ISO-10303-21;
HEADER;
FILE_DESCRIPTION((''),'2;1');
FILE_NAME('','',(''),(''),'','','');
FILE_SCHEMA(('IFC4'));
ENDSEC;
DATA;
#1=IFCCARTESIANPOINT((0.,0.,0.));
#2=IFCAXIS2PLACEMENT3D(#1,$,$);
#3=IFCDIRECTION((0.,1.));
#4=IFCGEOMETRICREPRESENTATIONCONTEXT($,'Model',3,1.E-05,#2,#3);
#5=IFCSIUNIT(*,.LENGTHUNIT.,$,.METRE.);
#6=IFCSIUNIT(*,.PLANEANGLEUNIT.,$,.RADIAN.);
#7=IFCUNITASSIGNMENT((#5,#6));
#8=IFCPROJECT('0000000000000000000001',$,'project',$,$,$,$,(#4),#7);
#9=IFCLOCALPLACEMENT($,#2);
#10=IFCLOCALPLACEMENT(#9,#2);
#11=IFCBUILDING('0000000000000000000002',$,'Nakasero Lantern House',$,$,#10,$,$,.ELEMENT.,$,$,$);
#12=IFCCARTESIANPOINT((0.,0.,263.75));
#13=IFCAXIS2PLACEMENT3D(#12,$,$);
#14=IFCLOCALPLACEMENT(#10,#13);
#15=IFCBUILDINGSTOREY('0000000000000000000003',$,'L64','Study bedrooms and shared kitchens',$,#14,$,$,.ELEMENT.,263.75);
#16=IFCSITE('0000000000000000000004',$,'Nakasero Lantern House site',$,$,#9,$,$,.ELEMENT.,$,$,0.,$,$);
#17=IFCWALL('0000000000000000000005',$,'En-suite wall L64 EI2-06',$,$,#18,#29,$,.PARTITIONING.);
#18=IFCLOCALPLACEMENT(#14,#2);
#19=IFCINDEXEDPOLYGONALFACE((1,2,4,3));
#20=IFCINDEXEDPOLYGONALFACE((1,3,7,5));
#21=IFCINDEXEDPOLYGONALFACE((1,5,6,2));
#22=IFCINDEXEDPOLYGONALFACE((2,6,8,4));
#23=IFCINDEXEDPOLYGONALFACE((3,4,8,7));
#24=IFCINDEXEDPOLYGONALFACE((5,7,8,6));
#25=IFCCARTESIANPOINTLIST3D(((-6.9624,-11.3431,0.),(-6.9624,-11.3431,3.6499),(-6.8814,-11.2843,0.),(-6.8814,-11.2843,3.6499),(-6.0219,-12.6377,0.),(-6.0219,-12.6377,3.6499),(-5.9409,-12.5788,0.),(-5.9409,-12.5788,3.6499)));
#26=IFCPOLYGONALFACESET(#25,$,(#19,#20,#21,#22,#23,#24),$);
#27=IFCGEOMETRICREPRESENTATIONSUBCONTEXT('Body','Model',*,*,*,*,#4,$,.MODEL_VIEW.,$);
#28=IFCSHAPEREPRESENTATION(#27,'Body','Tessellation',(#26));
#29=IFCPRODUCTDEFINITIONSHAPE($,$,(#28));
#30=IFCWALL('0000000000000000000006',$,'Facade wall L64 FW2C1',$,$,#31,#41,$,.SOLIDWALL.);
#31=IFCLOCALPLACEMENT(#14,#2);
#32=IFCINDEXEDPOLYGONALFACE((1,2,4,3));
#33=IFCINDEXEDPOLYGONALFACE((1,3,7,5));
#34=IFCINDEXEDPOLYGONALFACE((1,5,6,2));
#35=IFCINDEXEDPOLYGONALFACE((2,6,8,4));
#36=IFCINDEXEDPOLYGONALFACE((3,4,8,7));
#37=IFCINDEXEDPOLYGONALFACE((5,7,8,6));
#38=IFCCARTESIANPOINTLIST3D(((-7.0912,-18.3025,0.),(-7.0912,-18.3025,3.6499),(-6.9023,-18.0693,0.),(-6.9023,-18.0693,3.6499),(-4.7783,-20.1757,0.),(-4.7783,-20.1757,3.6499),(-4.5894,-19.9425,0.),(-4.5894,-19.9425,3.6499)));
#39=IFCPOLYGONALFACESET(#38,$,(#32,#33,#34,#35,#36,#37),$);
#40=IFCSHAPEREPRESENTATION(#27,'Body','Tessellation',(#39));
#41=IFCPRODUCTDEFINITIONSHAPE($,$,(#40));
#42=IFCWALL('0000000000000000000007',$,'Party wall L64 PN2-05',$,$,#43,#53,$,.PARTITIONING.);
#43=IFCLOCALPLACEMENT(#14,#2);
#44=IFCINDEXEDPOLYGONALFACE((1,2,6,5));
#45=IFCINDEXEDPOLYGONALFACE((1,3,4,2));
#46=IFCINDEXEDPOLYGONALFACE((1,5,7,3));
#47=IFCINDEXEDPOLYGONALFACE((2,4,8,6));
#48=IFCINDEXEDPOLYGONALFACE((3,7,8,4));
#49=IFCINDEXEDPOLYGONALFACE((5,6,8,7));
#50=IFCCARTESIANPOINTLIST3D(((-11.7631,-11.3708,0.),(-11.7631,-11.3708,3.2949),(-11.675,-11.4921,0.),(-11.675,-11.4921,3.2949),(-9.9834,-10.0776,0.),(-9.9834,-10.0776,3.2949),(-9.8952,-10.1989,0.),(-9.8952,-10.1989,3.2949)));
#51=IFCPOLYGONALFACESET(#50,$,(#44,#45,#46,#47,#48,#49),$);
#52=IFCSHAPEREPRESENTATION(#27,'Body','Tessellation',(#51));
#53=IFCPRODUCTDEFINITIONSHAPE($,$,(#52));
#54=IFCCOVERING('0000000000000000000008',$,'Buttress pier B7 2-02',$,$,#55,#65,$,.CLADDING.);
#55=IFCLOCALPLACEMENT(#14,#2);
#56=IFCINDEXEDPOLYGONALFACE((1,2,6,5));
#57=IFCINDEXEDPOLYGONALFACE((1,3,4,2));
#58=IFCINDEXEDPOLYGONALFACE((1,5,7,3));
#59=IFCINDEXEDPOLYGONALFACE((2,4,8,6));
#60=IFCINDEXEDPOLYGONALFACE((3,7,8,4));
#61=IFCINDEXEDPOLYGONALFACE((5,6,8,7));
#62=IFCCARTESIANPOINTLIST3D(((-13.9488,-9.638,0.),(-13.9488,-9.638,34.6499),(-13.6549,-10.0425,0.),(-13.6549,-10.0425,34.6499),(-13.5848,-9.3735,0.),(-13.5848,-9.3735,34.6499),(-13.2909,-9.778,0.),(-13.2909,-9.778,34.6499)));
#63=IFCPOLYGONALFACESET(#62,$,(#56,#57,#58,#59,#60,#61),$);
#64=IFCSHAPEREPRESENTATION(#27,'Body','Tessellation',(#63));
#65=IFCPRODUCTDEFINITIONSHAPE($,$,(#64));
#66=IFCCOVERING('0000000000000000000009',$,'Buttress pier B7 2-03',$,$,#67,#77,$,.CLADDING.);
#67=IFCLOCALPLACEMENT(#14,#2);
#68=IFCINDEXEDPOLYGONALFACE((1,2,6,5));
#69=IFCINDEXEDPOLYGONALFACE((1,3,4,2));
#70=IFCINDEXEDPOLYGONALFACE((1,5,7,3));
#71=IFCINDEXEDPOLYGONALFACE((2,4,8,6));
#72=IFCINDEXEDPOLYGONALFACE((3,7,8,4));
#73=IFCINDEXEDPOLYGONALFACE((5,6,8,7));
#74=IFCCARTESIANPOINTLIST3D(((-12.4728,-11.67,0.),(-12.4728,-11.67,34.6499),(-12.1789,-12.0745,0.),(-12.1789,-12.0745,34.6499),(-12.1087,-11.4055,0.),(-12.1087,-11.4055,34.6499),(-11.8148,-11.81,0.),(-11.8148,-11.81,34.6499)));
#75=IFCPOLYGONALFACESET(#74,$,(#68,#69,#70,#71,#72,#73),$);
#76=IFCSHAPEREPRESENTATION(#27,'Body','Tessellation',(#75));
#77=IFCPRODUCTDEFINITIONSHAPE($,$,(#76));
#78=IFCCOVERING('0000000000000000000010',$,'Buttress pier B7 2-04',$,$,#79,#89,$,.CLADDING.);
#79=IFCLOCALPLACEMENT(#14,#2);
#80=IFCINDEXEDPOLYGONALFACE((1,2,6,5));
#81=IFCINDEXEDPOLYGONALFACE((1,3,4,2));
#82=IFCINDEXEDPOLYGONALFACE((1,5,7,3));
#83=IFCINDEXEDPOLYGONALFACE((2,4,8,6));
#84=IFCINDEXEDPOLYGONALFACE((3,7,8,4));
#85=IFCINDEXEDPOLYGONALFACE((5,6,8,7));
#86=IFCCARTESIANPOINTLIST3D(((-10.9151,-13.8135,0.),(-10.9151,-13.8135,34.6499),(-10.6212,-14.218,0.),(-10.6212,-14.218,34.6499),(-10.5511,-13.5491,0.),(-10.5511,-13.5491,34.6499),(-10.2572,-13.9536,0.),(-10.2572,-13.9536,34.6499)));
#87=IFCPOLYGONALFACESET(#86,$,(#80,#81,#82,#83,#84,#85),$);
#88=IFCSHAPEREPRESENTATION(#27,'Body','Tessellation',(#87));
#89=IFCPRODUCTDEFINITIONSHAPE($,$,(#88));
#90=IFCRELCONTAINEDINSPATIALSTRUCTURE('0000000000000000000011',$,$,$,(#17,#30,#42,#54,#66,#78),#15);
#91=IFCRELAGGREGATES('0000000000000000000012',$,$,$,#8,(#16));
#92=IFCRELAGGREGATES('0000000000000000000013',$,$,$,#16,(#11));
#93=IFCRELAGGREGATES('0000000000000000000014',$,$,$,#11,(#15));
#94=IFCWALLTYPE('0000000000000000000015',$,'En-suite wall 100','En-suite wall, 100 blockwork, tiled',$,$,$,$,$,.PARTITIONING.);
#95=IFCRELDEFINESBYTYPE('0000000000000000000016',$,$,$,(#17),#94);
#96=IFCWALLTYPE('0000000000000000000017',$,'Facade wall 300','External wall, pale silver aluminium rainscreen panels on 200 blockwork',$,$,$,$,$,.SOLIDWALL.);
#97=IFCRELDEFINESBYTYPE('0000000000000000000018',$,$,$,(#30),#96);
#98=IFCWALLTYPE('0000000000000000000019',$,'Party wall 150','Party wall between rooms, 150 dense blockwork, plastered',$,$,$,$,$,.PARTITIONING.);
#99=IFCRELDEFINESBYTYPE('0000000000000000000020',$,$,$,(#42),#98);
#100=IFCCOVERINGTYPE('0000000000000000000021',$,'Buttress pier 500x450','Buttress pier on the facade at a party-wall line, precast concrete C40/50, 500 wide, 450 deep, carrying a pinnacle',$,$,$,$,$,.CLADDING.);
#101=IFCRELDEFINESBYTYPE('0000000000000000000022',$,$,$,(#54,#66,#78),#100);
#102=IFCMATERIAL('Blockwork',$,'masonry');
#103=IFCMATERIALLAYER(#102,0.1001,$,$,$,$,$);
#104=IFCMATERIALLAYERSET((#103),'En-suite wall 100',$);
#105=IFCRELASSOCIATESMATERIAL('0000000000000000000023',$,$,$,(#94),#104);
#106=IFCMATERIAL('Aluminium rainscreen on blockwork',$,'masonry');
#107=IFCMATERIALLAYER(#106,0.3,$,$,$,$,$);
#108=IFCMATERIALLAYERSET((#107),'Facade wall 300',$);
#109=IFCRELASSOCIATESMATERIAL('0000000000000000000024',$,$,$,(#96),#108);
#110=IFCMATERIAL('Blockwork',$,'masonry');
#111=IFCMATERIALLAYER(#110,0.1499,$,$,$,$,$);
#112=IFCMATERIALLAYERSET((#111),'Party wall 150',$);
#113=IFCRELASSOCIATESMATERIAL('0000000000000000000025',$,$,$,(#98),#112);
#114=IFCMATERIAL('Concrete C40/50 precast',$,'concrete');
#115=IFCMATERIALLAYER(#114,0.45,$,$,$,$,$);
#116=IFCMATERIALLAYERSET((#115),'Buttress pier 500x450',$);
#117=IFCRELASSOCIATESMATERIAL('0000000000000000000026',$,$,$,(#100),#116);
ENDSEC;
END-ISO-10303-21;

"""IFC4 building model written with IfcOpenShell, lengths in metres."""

from ifc_helpers import new_model, si_unit, direction, frame, frame_2d, origin, origin_2d, place, context, subcontext, project, spatial, rectangle, extrude, material, layer, layer_set, type_object, element, save


model = new_model("IFC4")

# Units and contexts
model_context = context("Model", 3, precision=1e-05, world=origin(), true_north=direction((0.0, 1.0)))
body_context = subcontext(model_context, "Body", "Model", "MODEL_VIEW")
ifc_project = project(units=[si_unit("LENGTHUNIT", "METRE"), si_unit("PLANEANGLEUNIT", "RADIAN")], contexts=[model_context])

# Site, building, storey
site_placement = place(None, origin())
site = spatial("IfcSite", under=ifc_project, at=site_placement, Name="Nakasero Lantern House site", CompositionType="ELEMENT", RefElevation=0.0)
building_placement = place(site_placement, origin())
building = spatial("IfcBuilding", under=site, at=building_placement, Name="Nakasero Lantern House", CompositionType="ELEMENT")
storey_placement = place(building_placement, frame((0.0, 0.0, 263.75)))
storey = spatial("IfcBuildingStorey", under=building, at=storey_placement, Name="L64", Description="Study bedrooms and shared kitchens", CompositionType="ELEMENT", Elevation=263.75)

# Shared definitions
ifc_material_1 = material(Name="Blockwork", Category="masonry")
ifc_layer_1 = layer(ifc_material_1, 0.1001)
ifc_layer_set_1 = layer_set([ifc_layer_1], Name="En-suite wall 100")
wall_type_1 = type_object("IfcWallType", Name="En-suite wall 100", Description="En-suite wall, 100 blockwork, tiled", PredefinedType="PARTITIONING", material=ifc_layer_set_1)

# Walls
for number, where, z_axis, x_axis, name in (
    (1, (-6.9219, -11.3137, 0.0), (0.0, 0.0, 1.0), (0.587772, -0.809026, 0.0), "En-suite wall L64 EI2-06"),
):
    element("IfcWall", number, at=place(storey_placement, frame(where, z_axis=z_axis, x_axis=x_axis)), inside=storey, type_object=wall_type_1, Name=name, PredefinedType="PARTITIONING", context=body_context, shape_type="SweptSolid", body=[
        extrude(rectangle(XDim=1.6001, YDim=0.1001, at=frame_2d((0.8, 0.0))), origin(), (0.0, 0.0, 1.0), 3.6499),
    ])
ifc_material_2 = material(Name="Aluminium rainscreen on blockwork", Category="masonry")
ifc_layer_2 = layer(ifc_material_2, 0.3)
ifc_layer_set_2 = layer_set([ifc_layer_2], Name="Facade wall 300")
wall_type_2 = type_object("IfcWallType", Name="Facade wall 300", Description="External wall, pale silver aluminium rainscreen panels on 200 blockwork", PredefinedType="SOLIDWALL", material=ifc_layer_set_2)
wall_1_placement = place(storey_placement, frame((-6.9968, -18.1858, 0.0), z_axis=(0.0, 0.0, 1.0), x_axis=(0.777102, -0.629375, 0.0)))
element("IfcWall", 2, at=wall_1_placement, inside=storey, type_object=wall_type_2, Name="Facade wall L64 FW2C1", PredefinedType="SOLIDWALL", context=body_context, shape_type="SweptSolid", body=[
    extrude(rectangle(XDim=2.9763, YDim=0.3, at=frame_2d((1.4883, 0.0))), origin(), (0.0, 0.0, 1.0), 3.6499),
])
ifc_material_3 = material(Name="Blockwork", Category="masonry")
ifc_layer_3 = layer(ifc_material_3, 0.1499)
ifc_layer_set_3 = layer_set([ifc_layer_3], Name="Party wall 150")
wall_type_3 = type_object("IfcWallType", Name="Party wall 150", Description="Party wall between rooms, 150 dense blockwork, plastered", PredefinedType="PARTITIONING", material=ifc_layer_set_3)
wall_2_placement = place(storey_placement, frame((-9.9392, -10.1382, 0.0), z_axis=(0.0, 0.0, 1.0), x_axis=(-0.80899, -0.587822, 0.0)))
element("IfcWall", 3, at=wall_2_placement, inside=storey, type_object=wall_type_3, Name="Party wall L64 PN2-05", PredefinedType="PARTITIONING", context=body_context, shape_type="SweptSolid", body=[
    extrude(rectangle(XDim=2.2, YDim=0.1499, at=frame_2d((1.1001, 0.0))), origin(), (0.0, 0.0, 1.0), 3.2949),
])

# Coverings
ifc_material_4 = material(Name="Concrete C40/50 precast", Category="concrete")
ifc_layer_4 = layer(ifc_material_4, 0.45)
ifc_layer_set_4 = layer_set([ifc_layer_4], Name="Buttress pier 500x450")
covering_type = type_object("IfcCoveringType", Name="Buttress pier 500x450", Description="Buttress pier on the facade at a party-wall line, precast concrete C40/50, 500 wide, 450 deep, carrying a pinnacle", PredefinedType="CLADDING", material=ifc_layer_set_4)
for number, where, z_axis, x_axis, name in (
    (4, (-13.6199, -9.708, 0.0), (0.0, 0.0, 1.0), (-0.809017, -0.587785, 0.0), "Buttress pier B7 2-02"),
    (5, (-12.1438, -11.74, 0.0), (0.0, 0.0, 1.0), (-0.809017, -0.587785, 0.0), "Buttress pier B7 2-03"),
    (6, (-10.5862, -13.8835, 0.0), (0.0, 0.0, 1.0), (-0.809017, -0.587785, 0.0), "Buttress pier B7 2-04"),
):
    element("IfcCovering", number, at=place(storey_placement, frame(where, z_axis=z_axis, x_axis=x_axis)), inside=storey, type_object=covering_type, Name=name, PredefinedType="CLADDING", context=body_context, shape_type="SweptSolid", body=[
        extrude(rectangle(XDim=0.45, YDim=0.5, at=origin_2d()), origin(), (0.0, 0.0, 1.0), 34.6499),
    ])

save(model, "model.ifc")
